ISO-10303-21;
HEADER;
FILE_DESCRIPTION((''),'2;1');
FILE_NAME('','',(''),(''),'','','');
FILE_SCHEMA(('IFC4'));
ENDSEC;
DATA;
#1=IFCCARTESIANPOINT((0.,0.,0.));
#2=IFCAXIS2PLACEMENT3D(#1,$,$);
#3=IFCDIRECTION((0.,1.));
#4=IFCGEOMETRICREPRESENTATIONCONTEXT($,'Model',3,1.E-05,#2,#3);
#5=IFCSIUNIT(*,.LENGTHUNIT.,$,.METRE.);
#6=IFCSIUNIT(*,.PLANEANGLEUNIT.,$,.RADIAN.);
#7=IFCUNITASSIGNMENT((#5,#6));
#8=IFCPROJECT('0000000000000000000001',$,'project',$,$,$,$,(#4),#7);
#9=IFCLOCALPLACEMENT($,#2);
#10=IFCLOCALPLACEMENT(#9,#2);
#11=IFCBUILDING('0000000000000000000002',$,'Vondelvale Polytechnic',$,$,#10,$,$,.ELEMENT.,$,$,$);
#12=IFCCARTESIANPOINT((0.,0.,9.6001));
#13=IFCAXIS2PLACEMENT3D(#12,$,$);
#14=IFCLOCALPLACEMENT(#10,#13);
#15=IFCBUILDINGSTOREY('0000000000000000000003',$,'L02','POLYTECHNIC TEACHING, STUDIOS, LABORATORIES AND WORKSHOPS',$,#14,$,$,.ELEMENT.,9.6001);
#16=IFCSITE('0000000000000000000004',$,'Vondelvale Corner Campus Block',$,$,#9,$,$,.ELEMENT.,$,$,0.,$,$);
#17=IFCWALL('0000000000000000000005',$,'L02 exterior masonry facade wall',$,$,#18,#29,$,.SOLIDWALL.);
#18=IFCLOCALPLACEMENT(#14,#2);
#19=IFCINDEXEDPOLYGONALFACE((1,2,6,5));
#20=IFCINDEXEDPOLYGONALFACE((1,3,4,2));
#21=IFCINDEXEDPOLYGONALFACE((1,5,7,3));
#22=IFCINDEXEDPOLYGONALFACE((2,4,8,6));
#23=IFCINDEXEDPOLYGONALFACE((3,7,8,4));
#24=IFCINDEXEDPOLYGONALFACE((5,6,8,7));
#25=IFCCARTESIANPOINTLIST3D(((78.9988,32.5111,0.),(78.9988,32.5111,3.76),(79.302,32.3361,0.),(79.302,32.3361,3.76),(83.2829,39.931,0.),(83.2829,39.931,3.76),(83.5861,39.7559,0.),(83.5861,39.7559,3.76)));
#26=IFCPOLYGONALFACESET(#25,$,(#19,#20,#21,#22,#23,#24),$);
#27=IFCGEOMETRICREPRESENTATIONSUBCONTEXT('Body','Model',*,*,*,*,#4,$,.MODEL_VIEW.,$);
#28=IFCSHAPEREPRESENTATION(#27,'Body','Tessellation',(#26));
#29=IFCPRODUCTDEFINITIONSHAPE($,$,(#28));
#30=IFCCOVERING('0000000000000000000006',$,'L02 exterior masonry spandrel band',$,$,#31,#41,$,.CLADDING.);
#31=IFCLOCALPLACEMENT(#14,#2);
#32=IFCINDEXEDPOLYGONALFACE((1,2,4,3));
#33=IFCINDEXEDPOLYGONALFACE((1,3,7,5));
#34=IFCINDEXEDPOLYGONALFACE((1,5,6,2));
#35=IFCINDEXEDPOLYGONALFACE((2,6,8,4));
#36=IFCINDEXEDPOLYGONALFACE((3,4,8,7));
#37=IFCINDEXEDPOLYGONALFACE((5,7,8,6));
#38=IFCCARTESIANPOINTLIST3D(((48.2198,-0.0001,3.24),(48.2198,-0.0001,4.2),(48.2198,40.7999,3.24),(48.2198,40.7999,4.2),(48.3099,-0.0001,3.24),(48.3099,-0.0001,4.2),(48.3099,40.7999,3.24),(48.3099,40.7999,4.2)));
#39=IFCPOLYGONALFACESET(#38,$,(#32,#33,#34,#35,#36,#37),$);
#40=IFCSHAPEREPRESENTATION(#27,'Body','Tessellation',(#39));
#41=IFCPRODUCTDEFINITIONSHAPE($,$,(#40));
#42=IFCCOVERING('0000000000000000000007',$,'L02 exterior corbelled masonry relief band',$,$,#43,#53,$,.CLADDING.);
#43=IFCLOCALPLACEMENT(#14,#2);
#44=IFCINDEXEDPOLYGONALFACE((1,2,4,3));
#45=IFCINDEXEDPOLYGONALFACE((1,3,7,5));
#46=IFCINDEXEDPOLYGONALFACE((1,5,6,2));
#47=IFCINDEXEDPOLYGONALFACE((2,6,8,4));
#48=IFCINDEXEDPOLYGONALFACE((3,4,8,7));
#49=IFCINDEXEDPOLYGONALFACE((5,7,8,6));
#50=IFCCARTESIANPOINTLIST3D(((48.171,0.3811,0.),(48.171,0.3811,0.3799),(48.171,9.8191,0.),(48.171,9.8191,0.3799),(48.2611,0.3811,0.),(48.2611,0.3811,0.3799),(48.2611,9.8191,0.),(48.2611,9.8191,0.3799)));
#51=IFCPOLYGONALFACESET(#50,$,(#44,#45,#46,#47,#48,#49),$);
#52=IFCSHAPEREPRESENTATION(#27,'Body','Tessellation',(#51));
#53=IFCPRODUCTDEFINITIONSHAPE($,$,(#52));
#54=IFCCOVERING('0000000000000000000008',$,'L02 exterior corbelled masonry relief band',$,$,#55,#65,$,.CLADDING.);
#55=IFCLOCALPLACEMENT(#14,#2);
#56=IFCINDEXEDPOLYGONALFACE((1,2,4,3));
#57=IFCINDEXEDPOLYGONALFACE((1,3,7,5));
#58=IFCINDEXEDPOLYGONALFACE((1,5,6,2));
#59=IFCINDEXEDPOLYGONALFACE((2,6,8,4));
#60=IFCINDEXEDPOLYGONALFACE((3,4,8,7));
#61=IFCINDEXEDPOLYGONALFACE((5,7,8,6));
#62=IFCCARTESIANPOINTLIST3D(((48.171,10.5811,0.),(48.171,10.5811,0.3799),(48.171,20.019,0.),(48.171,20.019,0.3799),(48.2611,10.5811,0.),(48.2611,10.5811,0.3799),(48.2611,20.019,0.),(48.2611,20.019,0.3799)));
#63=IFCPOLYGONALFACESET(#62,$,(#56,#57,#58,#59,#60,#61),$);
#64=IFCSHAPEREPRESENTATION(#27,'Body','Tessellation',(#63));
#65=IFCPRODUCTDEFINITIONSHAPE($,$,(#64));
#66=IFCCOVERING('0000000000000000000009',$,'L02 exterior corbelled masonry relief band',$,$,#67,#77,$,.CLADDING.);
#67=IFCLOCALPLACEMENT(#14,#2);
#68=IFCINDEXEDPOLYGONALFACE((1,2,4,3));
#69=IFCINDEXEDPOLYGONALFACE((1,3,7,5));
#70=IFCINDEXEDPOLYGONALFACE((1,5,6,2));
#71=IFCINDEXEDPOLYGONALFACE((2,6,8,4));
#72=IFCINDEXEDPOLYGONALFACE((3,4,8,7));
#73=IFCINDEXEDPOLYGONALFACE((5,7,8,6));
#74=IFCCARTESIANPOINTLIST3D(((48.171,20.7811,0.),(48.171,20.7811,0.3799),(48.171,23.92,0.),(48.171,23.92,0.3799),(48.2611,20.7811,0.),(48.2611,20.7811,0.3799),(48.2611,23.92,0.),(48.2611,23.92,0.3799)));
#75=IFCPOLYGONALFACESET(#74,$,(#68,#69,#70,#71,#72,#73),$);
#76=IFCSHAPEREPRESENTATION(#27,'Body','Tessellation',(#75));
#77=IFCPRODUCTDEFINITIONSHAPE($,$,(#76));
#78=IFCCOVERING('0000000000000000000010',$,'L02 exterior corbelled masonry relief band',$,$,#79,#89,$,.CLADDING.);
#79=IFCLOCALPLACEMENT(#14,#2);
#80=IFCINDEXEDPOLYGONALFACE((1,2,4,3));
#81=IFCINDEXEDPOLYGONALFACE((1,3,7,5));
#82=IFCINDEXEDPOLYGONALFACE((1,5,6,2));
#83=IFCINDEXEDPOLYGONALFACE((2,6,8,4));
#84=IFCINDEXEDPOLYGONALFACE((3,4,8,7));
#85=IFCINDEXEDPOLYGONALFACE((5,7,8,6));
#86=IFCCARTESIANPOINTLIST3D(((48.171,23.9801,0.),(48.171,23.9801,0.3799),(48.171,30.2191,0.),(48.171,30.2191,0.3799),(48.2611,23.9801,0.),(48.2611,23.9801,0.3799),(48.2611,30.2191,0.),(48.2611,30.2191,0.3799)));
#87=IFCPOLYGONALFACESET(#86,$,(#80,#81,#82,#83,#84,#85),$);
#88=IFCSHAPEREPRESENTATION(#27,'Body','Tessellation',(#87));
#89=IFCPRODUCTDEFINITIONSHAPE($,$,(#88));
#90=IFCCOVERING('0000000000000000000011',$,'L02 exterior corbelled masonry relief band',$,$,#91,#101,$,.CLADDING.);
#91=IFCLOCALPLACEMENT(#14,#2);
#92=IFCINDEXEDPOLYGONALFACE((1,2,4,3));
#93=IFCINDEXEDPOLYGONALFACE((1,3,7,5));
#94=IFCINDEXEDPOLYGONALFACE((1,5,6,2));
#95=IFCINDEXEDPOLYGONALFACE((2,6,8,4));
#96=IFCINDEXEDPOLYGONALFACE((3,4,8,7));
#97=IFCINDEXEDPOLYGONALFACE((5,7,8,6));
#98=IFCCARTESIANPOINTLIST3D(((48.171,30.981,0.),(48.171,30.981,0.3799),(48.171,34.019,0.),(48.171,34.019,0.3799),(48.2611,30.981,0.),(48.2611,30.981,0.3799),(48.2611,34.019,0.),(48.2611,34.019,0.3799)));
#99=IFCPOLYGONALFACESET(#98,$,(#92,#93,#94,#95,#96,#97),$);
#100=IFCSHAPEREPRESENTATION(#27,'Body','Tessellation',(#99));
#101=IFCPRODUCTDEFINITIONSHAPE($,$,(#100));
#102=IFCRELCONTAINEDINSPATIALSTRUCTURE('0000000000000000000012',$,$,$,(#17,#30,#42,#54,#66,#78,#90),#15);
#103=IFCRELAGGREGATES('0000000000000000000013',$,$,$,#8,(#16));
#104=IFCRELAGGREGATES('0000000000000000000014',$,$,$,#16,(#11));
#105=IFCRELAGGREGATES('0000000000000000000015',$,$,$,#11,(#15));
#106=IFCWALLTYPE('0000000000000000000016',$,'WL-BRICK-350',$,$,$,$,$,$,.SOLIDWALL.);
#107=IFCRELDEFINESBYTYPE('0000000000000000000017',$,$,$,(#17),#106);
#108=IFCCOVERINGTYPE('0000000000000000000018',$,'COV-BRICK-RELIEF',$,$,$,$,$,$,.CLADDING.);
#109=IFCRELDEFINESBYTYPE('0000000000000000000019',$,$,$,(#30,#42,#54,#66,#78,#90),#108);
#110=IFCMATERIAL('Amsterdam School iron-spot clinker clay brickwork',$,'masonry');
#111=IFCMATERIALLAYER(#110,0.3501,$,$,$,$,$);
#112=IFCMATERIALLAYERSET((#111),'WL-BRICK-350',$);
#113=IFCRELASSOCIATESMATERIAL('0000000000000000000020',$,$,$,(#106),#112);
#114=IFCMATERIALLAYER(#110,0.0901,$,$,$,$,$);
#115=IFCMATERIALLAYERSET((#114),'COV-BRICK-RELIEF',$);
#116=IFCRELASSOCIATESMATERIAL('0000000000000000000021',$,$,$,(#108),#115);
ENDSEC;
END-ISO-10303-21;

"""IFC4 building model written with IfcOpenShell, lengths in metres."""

from ifc_helpers import new_model, si_unit, direction, frame, frame_2d, origin, origin_2d, place, context, subcontext, project, spatial, rectangle, extrude, material, layer, layer_set, type_object, element, save


model = new_model("IFC4")

# Units and contexts
model_context = context("Model", 3, precision=1e-05, world=origin(), true_north=direction((0.0, 1.0)))
body_context = subcontext(model_context, "Body", "Model", "MODEL_VIEW")
ifc_project = project(units=[si_unit("LENGTHUNIT", "METRE"), si_unit("PLANEANGLEUNIT", "RADIAN")], contexts=[model_context])

# Site, building, storey
site_placement = place(None, origin())
site = spatial("IfcSite", under=ifc_project, at=site_placement, Name="Vondelvale Corner Campus Block", CompositionType="ELEMENT", RefElevation=0.0)
building_placement = place(site_placement, origin())
building = spatial("IfcBuilding", under=site, at=building_placement, Name="Vondelvale Polytechnic", CompositionType="ELEMENT")
storey_placement = place(building_placement, frame((0.0, 0.0, 9.6001)))
storey = spatial("IfcBuildingStorey", under=building, at=storey_placement, Name="L02", Description="POLYTECHNIC TEACHING, STUDIOS, LABORATORIES AND WORKSHOPS", CompositionType="ELEMENT", Elevation=9.6001)

# Shared definitions
ifc_material_1 = material(Name="Amsterdam School iron-spot clinker clay brickwork", Category="masonry")
ifc_layer_1 = layer(ifc_material_1, 0.3501)
ifc_layer_set_1 = layer_set([ifc_layer_1], Name="WL-BRICK-350")
wall_type = type_object("IfcWallType", Name="WL-BRICK-350", PredefinedType="SOLIDWALL", material=ifc_layer_set_1)

# Wall
wall_1_placement = place(storey_placement, frame((79.1504, 32.4236, 0.0), z_axis=(0.0, 0.0, 1.0), x_axis=(0.500025, 0.866011, 0.0)))
element("IfcWall", 1, at=wall_1_placement, inside=storey, type_object=wall_type, Name="L02 exterior masonry facade wall", PredefinedType="SOLIDWALL", context=body_context, shape_type="SweptSolid", body=[
    extrude(rectangle(XDim=8.5679, YDim=0.3501, at=frame_2d((4.2839, 0.0))), origin(), (0.0, 0.0, 1.0), 3.76),
])

# Coverings
ifc_layer_2 = layer(ifc_material_1, 0.0901)
ifc_layer_set_2 = layer_set([ifc_layer_2], Name="COV-BRICK-RELIEF")
covering_type = type_object("IfcCoveringType", Name="COV-BRICK-RELIEF", PredefinedType="CLADDING", material=ifc_layer_set_2)
covering_1_placement = place(storey_placement, frame((48.2649, 20.3999, 3.24), z_axis=(0.0, 0.0, 1.0), x_axis=(0.0, 1.0, 0.0)))
element("IfcCovering", 2, at=covering_1_placement, inside=storey, type_object=covering_type, Name="L02 exterior masonry spandrel band", PredefinedType="CLADDING", context=body_context, shape_type="SweptSolid", body=[
    extrude(rectangle(XDim=40.8, YDim=0.0901, at=origin_2d()), origin(), (0.0, 0.0, 1.0), 0.96),
])
for number, where, z_axis, x_axis, name in (
    (3, (48.2161, 5.1001, 0.0), (0.0, 0.0, 1.0), (0.0, -1.0, 0.0), "L02 exterior corbelled masonry relief band"),
    (4, (48.2161, 15.3, 0.0), (0.0, 0.0, 1.0), (0.0, -1.0, 0.0), "L02 exterior corbelled masonry relief band"),
):
    element("IfcCovering", number, at=place(storey_placement, frame(where, z_axis=z_axis, x_axis=x_axis)), inside=storey, type_object=covering_type, Name=name, PredefinedType="CLADDING", context=body_context, shape_type="SweptSolid", body=[
        extrude(rectangle(XDim=9.438, YDim=0.0901, at=origin_2d()), origin(), (0.0, 0.0, 1.0), 0.3799),
    ])
covering_2_placement = place(storey_placement, frame((48.2161, 22.3506, 0.0), z_axis=(0.0, 0.0, 1.0), x_axis=(0.0, -1.0, 0.0)))
element("IfcCovering", 5, at=covering_2_placement, inside=storey, type_object=covering_type, Name="L02 exterior corbelled masonry relief band", PredefinedType="CLADDING", context=body_context, shape_type="SweptSolid", body=[
    extrude(rectangle(XDim=3.1389, YDim=0.0901, at=origin_2d()), origin(), (0.0, 0.0, 1.0), 0.3799),
])
covering_3_placement = place(storey_placement, frame((48.2161, 27.0996, 0.0), z_axis=(0.0, 0.0, 1.0), x_axis=(0.0, -1.0, 0.0)))
element("IfcCovering", 6, at=covering_3_placement, inside=storey, type_object=covering_type, Name="L02 exterior corbelled masonry relief band", PredefinedType="CLADDING", context=body_context, shape_type="SweptSolid", body=[
    extrude(rectangle(XDim=6.239, YDim=0.0901, at=origin_2d()), origin(), (0.0, 0.0, 1.0), 0.3799),
])
covering_4_placement = place(storey_placement, frame((48.2161, 32.5, 0.0), z_axis=(0.0, 0.0, 1.0), x_axis=(0.0, -1.0, 0.0)))
element("IfcCovering", 7, at=covering_4_placement, inside=storey, type_object=covering_type, Name="L02 exterior corbelled masonry relief band", PredefinedType="CLADDING", context=body_context, shape_type="SweptSolid", body=[
    extrude(rectangle(XDim=3.0381, YDim=0.0901, at=origin_2d()), origin(), (0.0, 0.0, 1.0), 0.3799),
])

save(model, "model.ifc")
